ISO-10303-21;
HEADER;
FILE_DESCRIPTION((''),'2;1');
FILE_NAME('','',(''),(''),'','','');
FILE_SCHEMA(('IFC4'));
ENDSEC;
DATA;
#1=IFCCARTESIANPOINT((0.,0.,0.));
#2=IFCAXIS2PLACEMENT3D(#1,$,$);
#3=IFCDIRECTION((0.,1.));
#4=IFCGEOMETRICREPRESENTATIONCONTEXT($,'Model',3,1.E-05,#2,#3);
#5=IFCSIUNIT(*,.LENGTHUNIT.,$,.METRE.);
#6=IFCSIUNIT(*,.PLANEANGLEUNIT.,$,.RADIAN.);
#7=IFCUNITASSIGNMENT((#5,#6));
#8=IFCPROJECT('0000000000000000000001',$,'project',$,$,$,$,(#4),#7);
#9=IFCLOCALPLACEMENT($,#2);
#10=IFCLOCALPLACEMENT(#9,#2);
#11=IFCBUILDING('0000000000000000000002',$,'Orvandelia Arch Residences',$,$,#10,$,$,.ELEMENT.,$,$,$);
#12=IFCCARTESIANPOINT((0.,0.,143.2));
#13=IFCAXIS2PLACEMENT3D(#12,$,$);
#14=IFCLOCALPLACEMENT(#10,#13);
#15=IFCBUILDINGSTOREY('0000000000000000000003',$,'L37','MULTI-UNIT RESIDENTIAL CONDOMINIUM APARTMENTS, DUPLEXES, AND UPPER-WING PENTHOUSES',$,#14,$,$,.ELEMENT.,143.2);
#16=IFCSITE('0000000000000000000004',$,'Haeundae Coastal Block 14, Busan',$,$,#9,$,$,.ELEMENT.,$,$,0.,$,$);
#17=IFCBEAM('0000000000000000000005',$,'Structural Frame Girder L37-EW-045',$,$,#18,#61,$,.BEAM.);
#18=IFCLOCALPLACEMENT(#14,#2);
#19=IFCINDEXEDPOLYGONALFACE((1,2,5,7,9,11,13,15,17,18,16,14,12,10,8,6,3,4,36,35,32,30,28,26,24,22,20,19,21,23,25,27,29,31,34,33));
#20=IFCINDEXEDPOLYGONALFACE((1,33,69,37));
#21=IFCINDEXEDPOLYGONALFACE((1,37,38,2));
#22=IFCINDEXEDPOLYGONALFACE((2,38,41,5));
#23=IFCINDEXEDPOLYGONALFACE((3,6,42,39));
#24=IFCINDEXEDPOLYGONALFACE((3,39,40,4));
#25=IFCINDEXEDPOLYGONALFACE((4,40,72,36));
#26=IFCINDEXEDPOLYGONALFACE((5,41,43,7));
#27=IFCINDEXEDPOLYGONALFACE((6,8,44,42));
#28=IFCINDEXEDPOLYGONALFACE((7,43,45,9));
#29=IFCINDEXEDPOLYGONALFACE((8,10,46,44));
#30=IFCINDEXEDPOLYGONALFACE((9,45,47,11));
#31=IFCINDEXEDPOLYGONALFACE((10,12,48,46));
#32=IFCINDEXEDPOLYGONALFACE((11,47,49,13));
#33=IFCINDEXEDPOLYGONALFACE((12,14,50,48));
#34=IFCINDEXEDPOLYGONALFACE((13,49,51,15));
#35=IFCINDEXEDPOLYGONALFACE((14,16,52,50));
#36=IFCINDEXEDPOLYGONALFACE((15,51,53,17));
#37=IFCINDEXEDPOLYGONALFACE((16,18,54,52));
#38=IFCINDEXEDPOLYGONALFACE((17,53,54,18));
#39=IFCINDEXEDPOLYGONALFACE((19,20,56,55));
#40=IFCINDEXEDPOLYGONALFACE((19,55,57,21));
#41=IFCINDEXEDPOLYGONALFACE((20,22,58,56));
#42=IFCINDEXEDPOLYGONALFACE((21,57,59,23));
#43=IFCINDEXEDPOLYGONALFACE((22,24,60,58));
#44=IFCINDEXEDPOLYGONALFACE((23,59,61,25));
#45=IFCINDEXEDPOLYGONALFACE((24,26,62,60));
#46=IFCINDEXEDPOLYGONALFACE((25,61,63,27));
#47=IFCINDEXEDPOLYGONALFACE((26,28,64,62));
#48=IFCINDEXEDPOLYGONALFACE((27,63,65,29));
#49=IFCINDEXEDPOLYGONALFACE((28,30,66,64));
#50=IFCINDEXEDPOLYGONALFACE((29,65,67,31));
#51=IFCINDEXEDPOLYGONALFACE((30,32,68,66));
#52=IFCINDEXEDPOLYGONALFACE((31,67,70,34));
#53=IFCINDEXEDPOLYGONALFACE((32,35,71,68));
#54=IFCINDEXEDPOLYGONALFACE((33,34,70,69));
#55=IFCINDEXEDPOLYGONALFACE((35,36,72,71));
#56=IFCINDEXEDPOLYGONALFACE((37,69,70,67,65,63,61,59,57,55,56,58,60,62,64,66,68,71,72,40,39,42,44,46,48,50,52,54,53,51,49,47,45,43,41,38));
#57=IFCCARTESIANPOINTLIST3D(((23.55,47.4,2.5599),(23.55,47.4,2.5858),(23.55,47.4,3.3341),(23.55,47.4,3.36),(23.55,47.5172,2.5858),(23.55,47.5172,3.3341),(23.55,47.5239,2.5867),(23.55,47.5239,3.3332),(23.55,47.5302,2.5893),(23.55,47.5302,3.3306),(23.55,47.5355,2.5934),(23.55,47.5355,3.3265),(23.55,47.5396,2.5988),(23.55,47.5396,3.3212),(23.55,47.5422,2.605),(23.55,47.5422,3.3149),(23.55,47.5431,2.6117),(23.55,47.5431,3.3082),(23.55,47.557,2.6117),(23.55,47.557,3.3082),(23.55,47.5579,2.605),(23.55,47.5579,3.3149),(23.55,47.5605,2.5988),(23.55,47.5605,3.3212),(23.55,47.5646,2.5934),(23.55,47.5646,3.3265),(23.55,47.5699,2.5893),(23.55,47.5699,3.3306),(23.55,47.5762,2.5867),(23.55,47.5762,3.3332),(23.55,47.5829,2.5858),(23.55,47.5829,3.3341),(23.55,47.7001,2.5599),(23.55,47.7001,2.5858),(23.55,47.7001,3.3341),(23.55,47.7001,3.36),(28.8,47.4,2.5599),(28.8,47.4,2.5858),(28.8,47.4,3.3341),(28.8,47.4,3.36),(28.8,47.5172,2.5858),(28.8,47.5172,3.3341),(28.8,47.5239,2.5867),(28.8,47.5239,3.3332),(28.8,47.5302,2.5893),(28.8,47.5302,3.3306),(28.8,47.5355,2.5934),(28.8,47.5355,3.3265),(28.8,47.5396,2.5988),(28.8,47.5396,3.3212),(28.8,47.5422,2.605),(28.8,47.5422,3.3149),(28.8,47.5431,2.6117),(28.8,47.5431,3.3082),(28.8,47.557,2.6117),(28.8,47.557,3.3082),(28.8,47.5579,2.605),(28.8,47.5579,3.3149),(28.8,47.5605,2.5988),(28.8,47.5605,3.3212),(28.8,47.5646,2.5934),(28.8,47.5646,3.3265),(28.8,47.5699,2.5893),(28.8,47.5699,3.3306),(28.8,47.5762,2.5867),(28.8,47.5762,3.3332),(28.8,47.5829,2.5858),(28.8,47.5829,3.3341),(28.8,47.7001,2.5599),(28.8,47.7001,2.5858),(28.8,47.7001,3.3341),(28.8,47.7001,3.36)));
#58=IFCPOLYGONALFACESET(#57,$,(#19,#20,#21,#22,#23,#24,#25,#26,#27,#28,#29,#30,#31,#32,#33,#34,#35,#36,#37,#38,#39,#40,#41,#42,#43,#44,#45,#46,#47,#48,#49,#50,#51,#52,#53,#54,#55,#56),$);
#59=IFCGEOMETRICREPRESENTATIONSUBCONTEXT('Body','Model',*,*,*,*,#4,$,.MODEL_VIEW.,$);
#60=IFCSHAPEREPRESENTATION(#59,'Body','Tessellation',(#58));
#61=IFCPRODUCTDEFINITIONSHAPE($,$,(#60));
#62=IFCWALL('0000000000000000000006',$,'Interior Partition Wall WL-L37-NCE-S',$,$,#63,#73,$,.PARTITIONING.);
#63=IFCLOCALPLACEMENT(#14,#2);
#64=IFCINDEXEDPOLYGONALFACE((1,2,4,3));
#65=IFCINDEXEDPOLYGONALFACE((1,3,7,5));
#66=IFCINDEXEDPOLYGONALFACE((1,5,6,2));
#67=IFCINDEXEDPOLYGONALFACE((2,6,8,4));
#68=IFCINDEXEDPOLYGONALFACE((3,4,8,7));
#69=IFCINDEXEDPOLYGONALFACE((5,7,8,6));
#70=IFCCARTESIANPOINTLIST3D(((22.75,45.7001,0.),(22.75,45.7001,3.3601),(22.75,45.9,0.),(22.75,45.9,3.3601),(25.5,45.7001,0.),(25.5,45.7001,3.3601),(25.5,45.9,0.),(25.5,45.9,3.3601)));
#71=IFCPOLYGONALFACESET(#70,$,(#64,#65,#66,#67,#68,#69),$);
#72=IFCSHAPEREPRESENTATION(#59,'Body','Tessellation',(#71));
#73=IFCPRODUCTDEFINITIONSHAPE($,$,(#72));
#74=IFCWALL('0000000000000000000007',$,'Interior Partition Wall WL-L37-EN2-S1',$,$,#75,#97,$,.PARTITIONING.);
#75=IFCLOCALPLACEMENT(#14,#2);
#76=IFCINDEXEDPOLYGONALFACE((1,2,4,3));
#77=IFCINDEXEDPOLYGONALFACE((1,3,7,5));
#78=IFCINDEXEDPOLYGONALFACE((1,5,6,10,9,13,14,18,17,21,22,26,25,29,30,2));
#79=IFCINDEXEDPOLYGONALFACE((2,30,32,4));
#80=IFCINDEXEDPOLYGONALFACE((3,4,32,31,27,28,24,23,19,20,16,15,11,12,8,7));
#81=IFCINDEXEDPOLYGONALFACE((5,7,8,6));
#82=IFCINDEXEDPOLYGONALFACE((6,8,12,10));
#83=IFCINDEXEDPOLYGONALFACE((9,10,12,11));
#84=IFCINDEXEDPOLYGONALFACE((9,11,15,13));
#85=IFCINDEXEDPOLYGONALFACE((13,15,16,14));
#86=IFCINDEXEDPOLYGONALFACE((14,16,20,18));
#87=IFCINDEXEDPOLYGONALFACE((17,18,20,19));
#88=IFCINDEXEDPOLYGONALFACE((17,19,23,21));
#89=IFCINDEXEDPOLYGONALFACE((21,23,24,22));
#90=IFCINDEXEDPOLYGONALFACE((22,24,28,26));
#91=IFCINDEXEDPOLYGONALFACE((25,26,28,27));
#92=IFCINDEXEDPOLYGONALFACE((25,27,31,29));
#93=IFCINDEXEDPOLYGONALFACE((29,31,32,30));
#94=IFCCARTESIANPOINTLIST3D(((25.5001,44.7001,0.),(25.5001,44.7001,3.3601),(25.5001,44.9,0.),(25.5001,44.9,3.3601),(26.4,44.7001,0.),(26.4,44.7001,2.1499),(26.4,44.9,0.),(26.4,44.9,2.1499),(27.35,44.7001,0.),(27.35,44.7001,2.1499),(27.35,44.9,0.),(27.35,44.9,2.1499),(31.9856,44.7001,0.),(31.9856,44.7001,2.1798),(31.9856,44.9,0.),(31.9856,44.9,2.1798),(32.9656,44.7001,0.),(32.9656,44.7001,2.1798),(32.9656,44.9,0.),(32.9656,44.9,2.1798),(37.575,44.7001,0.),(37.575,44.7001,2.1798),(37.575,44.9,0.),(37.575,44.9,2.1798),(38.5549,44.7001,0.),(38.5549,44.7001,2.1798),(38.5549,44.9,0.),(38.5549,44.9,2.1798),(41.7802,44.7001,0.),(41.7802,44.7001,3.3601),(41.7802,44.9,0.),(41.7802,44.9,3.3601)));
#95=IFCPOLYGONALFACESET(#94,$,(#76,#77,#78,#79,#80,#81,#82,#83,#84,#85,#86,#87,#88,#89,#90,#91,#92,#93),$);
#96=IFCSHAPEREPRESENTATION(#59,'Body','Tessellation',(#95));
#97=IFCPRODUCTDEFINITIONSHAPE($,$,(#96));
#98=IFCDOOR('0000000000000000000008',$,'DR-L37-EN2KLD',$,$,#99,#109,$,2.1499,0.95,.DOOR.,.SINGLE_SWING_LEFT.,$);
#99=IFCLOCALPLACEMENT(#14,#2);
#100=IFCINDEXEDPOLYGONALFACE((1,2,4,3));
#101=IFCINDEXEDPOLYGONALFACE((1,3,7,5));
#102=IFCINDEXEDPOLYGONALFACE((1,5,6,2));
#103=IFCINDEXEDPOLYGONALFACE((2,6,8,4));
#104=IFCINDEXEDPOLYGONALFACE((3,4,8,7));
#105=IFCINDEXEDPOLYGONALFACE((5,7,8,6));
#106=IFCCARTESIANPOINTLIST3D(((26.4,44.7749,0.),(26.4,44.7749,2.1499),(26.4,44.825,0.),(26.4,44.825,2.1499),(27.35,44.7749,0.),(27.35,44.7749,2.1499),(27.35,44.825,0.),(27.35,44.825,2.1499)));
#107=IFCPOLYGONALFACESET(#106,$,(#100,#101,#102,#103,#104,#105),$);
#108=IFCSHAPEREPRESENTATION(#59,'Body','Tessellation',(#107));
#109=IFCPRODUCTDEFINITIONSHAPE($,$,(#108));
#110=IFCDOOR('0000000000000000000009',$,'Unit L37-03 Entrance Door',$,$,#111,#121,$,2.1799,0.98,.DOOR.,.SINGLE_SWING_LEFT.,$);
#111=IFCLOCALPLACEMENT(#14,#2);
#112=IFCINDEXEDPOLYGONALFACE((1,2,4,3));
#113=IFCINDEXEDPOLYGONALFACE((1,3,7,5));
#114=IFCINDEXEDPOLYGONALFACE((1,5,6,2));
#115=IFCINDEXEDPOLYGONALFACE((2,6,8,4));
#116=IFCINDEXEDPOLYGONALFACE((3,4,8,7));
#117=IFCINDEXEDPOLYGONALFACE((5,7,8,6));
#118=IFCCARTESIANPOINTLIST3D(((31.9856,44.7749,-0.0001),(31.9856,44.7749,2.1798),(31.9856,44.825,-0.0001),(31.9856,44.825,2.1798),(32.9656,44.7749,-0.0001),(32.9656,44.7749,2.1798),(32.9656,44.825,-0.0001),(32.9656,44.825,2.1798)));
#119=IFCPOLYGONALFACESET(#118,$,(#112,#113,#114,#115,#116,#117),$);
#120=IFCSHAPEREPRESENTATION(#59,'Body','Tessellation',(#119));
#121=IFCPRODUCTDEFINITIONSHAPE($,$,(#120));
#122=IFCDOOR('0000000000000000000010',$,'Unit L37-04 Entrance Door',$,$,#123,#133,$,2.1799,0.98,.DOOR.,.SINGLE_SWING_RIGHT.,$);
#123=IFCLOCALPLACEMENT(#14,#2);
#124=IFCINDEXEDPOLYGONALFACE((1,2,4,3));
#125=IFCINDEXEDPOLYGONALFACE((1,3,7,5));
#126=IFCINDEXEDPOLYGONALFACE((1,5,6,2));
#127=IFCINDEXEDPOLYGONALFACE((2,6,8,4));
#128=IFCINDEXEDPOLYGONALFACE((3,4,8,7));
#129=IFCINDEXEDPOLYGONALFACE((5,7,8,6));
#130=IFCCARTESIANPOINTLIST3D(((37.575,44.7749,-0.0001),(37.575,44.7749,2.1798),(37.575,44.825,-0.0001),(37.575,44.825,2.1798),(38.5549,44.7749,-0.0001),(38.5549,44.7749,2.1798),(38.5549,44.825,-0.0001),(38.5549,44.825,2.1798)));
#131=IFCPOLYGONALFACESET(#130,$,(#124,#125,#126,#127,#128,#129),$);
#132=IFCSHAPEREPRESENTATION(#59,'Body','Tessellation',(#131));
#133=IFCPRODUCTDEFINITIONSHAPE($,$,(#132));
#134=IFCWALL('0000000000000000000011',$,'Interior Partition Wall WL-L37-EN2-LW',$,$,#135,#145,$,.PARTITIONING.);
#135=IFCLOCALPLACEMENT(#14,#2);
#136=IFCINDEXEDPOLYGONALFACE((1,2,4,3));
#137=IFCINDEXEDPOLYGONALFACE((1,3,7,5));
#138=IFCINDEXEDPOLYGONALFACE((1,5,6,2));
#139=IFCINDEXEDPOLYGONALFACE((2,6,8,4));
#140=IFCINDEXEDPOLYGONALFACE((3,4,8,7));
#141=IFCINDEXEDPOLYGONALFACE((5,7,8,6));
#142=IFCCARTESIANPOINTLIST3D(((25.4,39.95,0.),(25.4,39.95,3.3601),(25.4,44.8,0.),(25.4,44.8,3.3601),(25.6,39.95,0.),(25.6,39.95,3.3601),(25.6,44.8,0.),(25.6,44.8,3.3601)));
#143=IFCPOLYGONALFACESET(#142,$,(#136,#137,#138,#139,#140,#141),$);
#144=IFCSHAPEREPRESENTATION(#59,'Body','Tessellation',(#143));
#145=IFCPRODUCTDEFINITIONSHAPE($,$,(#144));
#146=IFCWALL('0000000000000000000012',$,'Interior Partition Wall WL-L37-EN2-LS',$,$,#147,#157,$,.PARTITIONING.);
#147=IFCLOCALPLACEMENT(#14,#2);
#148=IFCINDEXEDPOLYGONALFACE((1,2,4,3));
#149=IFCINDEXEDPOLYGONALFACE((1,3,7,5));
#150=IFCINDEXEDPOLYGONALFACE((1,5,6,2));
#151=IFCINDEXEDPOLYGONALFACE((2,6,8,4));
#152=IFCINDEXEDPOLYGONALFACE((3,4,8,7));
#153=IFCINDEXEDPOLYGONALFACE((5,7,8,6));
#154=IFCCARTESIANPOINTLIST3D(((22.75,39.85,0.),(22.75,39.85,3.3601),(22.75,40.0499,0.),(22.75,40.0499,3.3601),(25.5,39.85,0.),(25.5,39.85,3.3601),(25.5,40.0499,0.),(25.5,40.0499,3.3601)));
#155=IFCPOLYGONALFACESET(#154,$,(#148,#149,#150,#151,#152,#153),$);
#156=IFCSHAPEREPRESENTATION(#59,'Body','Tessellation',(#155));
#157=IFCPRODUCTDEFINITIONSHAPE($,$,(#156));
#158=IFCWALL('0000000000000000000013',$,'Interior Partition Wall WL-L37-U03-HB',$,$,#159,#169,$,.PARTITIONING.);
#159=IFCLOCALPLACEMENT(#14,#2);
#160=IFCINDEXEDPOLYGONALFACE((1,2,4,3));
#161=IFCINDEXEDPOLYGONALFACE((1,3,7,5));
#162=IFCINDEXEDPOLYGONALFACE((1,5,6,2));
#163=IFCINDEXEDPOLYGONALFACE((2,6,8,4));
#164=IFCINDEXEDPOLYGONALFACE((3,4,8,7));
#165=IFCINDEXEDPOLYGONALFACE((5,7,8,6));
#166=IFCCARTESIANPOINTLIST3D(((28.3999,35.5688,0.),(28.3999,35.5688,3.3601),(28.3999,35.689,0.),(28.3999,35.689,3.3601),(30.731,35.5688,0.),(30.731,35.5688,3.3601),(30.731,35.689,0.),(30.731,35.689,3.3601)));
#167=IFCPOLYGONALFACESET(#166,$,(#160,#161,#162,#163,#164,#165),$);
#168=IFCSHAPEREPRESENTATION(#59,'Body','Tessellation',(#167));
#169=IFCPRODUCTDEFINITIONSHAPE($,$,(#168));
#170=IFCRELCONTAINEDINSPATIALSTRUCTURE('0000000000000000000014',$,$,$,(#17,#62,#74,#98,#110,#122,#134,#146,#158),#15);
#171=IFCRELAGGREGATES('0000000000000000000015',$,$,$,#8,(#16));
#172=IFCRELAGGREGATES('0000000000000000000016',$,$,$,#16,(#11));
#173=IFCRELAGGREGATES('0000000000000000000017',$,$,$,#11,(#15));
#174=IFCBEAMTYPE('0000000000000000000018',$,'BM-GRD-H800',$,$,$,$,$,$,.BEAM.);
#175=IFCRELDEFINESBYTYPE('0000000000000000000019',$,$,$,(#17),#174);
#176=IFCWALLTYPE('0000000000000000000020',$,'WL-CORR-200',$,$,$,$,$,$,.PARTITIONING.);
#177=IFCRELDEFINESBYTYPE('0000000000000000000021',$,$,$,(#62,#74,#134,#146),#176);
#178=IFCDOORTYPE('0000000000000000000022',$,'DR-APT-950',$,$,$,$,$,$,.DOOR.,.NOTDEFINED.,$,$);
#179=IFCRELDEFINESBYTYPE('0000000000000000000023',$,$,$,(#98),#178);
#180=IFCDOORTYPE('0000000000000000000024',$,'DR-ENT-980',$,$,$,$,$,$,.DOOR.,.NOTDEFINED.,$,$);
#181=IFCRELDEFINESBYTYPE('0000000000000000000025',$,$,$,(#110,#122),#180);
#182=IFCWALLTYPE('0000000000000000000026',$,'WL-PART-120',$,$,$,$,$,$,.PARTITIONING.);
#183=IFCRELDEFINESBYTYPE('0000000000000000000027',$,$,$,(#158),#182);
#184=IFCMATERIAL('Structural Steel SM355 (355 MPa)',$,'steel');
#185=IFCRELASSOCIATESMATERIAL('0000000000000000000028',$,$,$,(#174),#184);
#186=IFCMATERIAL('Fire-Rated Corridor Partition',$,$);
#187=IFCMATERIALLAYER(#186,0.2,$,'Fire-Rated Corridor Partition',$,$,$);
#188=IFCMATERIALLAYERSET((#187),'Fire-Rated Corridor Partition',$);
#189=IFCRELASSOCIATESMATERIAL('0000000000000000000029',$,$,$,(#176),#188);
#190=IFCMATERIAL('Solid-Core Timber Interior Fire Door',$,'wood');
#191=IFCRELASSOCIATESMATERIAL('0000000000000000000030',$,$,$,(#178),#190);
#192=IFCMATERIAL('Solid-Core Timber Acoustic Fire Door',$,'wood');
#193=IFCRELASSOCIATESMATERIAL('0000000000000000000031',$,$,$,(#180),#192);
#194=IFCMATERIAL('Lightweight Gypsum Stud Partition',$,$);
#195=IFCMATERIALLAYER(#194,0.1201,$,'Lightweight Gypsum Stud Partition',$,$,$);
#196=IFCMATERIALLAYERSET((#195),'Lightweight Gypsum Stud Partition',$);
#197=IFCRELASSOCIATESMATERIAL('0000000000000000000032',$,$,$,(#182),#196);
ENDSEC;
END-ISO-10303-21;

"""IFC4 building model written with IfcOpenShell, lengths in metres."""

from ifc_helpers import new_model, si_unit, direction, frame, frame_2d, origin, origin_2d, place, context, subcontext, project, spatial, rectangle, i_section, extrude, material, layer, layer_set, material_profile, profile_set, type_object, element, fill, save


model = new_model("IFC4")

# Units and contexts
model_context = context("Model", 3, precision=1e-05, world=origin(), true_north=direction((0.0, 1.0)))
body_context = subcontext(model_context, "Body", "Model", "MODEL_VIEW")
ifc_project = project(units=[si_unit("LENGTHUNIT", "METRE"), si_unit("PLANEANGLEUNIT", "RADIAN")], contexts=[model_context])

# Site, building, storey
site_placement = place(None, origin())
site = spatial("IfcSite", under=ifc_project, at=site_placement, Name="Haeundae Coastal Block 14, Busan", CompositionType="ELEMENT", RefElevation=0.0)
building_placement = place(site_placement, origin())
building = spatial("IfcBuilding", under=site, at=building_placement, Name="Orvandelia Arch Residences", CompositionType="ELEMENT")
storey_placement = place(building_placement, frame((0.0, 0.0, 143.2)))
storey = spatial("IfcBuildingStorey", under=building, at=storey_placement, Name="L37", Description="MULTI-UNIT RESIDENTIAL CONDOMINIUM APARTMENTS, DUPLEXES, AND UPPER-WING PENTHOUSES", CompositionType="ELEMENT", Elevation=143.2)

# Beam
ifc_material_1 = material(Name="Structural Steel SM355 (355 MPa)", Category="steel")
ifc_material_profile_1 = material_profile(ifc_material_1, i_section(OverallWidth=0.3, OverallDepth=0.8, WebThickness=0.0139, FlangeThickness=0.0259, FilletRadius=0.0259, at=origin_2d()), Name="Structural Steel SM355 (355 MPa)", Category="steel")
ifc_profile_set_1 = profile_set([ifc_material_profile_1], Name="Structural Steel SM355 (355 MPa)")
beam_type = type_object("IfcBeamType", Name="BM-GRD-H800", PredefinedType="BEAM", material=ifc_profile_set_1)
beam_1_placement = place(storey_placement, frame((23.55, 47.55, 2.96), z_axis=(1.0, 0.0, 0.0), x_axis=(0.0, 1.0, 0.0)))
element("IfcBeam", 1, at=beam_1_placement, inside=storey, type_object=beam_type, Name="Structural Frame Girder L37-EW-045", PredefinedType="BEAM", context=body_context, shape_type="SweptSolid", body=[
    extrude(i_section(OverallWidth=0.3, OverallDepth=0.8, WebThickness=0.0139, FlangeThickness=0.0259, FilletRadius=0.0259, at=origin_2d()), origin(), (0.0, 0.0, 1.0), 5.25),
])

# Wall
ifc_material_2 = material(Name="Fire-Rated Corridor Partition")
ifc_layer_1 = layer(ifc_material_2, 0.2, Name="Fire-Rated Corridor Partition")
ifc_layer_set_1 = layer_set([ifc_layer_1], Name="Fire-Rated Corridor Partition")
wall_type_1 = type_object("IfcWallType", Name="WL-CORR-200", PredefinedType="PARTITIONING", material=ifc_layer_set_1)
wall_1_placement = place(storey_placement, frame((22.75, 45.8, 0.0), z_axis=(0.0, 0.0, 1.0), x_axis=(1.0, 0.0, 0.0)))
element("IfcWall", 2, at=wall_1_placement, inside=storey, type_object=wall_type_1, Name="Interior Partition Wall WL-L37-NCE-S", PredefinedType="PARTITIONING", context=body_context, shape_type="SweptSolid", body=[
    extrude(rectangle(XDim=2.75, YDim=0.2, at=frame_2d((1.375, 0.0))), origin(), (0.0, 0.0, 1.0), 3.3601),
])

# Wall, openings, doors
wall_2_placement = place(storey_placement, frame((25.5, 44.8, 0.0), z_axis=(0.0, 0.0, 1.0), x_axis=(1.0, 0.0, 0.0)))
wall_2 = element("IfcWall", 3, at=wall_2_placement, inside=storey, type_object=wall_type_1, Name="Interior Partition Wall WL-L37-EN2-S1", PredefinedType="PARTITIONING", context=body_context, shape_type="SweptSolid", body=[
    extrude(rectangle(XDim=16.28, YDim=0.2, at=frame_2d((8.1401, 0.0))), origin(), (0.0, 0.0, 1.0), 3.3601),
])
opening_1_placement = place(wall_2_placement, frame((0.8999, 0.0, 0.0)))
opening_1 = element("IfcOpeningElement", 4, at=opening_1_placement, cuts=wall_2, PredefinedType="OPENING", context=body_context, shape_type="SweptSolid", body=[
    extrude(rectangle(XDim=0.95, YDim=2.1499, at=frame_2d((0.4751, 1.075))), frame((0.0, 0.1099, 0.0), z_axis=(0.0, -1.0, 0.0), x_axis=(1.0, 0.0, 0.0)), (0.0, 0.0, 1.0), 0.22),
])
opening_2_placement = place(wall_2_placement, frame((6.4856, 0.0, 0.0)))
opening_2 = element("IfcOpeningElement", 5, at=opening_2_placement, cuts=wall_2, PredefinedType="OPENING", context=body_context, shape_type="SweptSolid", body=[
    extrude(rectangle(XDim=0.98, YDim=2.1799, at=frame_2d((0.49, 1.0898))), frame((0.0, 0.1099, 0.0), z_axis=(0.0, -1.0, 0.0), x_axis=(1.0, 0.0, 0.0)), (0.0, 0.0, 1.0), 0.22),
])
opening_3_placement = place(wall_2_placement, frame((12.075, 0.0, 0.0)))
opening_3 = element("IfcOpeningElement", 6, at=opening_3_placement, cuts=wall_2, PredefinedType="OPENING", context=body_context, shape_type="SweptSolid", body=[
    extrude(rectangle(XDim=0.98, YDim=2.1799, at=frame_2d((0.49, 1.0898))), frame((0.0, 0.1099, 0.0), z_axis=(0.0, -1.0, 0.0), x_axis=(1.0, 0.0, 0.0)), (0.0, 0.0, 1.0), 0.22),
])
ifc_material_3 = material(Name="Solid-Core Timber Interior Fire Door", Category="wood")
door_type_1 = type_object("IfcDoorType", Name="DR-APT-950", OperationType="NOTDEFINED", PredefinedType="DOOR", material=ifc_material_3)
door_1_placement = place(opening_1_placement, origin())
door_1 = element("IfcDoor", 7, at=door_1_placement, inside=storey, type_object=door_type_1, Name="DR-L37-EN2KLD", OperationType="SINGLE_SWING_LEFT", OverallHeight=2.1499, OverallWidth=0.95, PredefinedType="DOOR", context=body_context, shape_type="SweptSolid", body=[
    extrude(rectangle(XDim=0.95, YDim=2.1499, at=frame_2d((0.4751, 1.075))), frame((0.0, 0.0249, 0.0), z_axis=(0.0, -1.0, 0.0), x_axis=(1.0, 0.0, 0.0)), (0.0, 0.0, 1.0), 0.05),
])
fill(opening_1, door_1)
ifc_material_4 = material(Name="Solid-Core Timber Acoustic Fire Door", Category="wood")
door_type_2 = type_object("IfcDoorType", Name="DR-ENT-980", OperationType="NOTDEFINED", PredefinedType="DOOR", material=ifc_material_4)
door_2_placement = place(opening_2_placement, origin())
door_2 = element("IfcDoor", 8, at=door_2_placement, inside=storey, type_object=door_type_2, Name="Unit L37-03 Entrance Door", OperationType="SINGLE_SWING_LEFT", OverallHeight=2.1799, OverallWidth=0.98, PredefinedType="DOOR", context=body_context, shape_type="SweptSolid", body=[
    extrude(rectangle(XDim=0.98, YDim=2.1799, at=frame_2d((0.49, 1.0898))), frame((0.0, 0.0249, 0.0), z_axis=(0.0, -1.0, 0.0), x_axis=(1.0, 0.0, 0.0)), (0.0, 0.0, 1.0), 0.05),
])
fill(opening_2, door_2)
door_3_placement = place(opening_3_placement, origin())
door_3 = element("IfcDoor", 9, at=door_3_placement, inside=storey, type_object=door_type_2, Name="Unit L37-04 Entrance Door", OperationType="SINGLE_SWING_RIGHT", OverallHeight=2.1799, OverallWidth=0.98, PredefinedType="DOOR", context=body_context, shape_type="SweptSolid", body=[
    extrude(rectangle(XDim=0.98, YDim=2.1799, at=frame_2d((0.49, 1.0898))), frame((0.0, 0.0249, 0.0), z_axis=(0.0, -1.0, 0.0), x_axis=(1.0, 0.0, 0.0)), (0.0, 0.0, 1.0), 0.05),
])
fill(opening_3, door_3)

# Walls
wall_3_placement = place(storey_placement, frame((25.5, 39.95, 0.0), z_axis=(0.0, 0.0, 1.0), x_axis=(0.0, 1.0, 0.0)))
element("IfcWall", 10, at=wall_3_placement, inside=storey, type_object=wall_type_1, Name="Interior Partition Wall WL-L37-EN2-LW", PredefinedType="PARTITIONING", context=body_context, shape_type="SweptSolid", body=[
    extrude(rectangle(XDim=4.8501, YDim=0.2, at=frame_2d((2.425, 0.0))), origin(), (0.0, 0.0, 1.0), 3.3601),
])
wall_4_placement = place(storey_placement, frame((22.75, 39.95, 0.0), z_axis=(0.0, 0.0, 1.0), x_axis=(1.0, 0.0, 0.0)))
element("IfcWall", 11, at=wall_4_placement, inside=storey, type_object=wall_type_1, Name="Interior Partition Wall WL-L37-EN2-LS", PredefinedType="PARTITIONING", context=body_context, shape_type="SweptSolid", body=[
    extrude(rectangle(XDim=2.75, YDim=0.2, at=frame_2d((1.375, 0.0))), origin(), (0.0, 0.0, 1.0), 3.3601),
])
ifc_material_5 = material(Name="Lightweight Gypsum Stud Partition")
ifc_layer_2 = layer(ifc_material_5, 0.1201, Name="Lightweight Gypsum Stud Partition")
ifc_layer_set_2 = layer_set([ifc_layer_2], Name="Lightweight Gypsum Stud Partition")
wall_type_2 = type_object("IfcWallType", Name="WL-PART-120", PredefinedType="PARTITIONING", material=ifc_layer_set_2)
wall_5_placement = place(storey_placement, frame((28.3999, 35.6289, 0.0), z_axis=(0.0, 0.0, 1.0), x_axis=(1.0, 0.0, 0.0)))
element("IfcWall", 12, at=wall_5_placement, inside=storey, type_object=wall_type_2, Name="Interior Partition Wall WL-L37-U03-HB", PredefinedType="PARTITIONING", context=body_context, shape_type="SweptSolid", body=[
    extrude(rectangle(XDim=2.3311, YDim=0.1201, at=frame_2d((1.1655, 0.0))), origin(), (0.0, 0.0, 1.0), 3.3601),
])

save(model, "model.ifc")
